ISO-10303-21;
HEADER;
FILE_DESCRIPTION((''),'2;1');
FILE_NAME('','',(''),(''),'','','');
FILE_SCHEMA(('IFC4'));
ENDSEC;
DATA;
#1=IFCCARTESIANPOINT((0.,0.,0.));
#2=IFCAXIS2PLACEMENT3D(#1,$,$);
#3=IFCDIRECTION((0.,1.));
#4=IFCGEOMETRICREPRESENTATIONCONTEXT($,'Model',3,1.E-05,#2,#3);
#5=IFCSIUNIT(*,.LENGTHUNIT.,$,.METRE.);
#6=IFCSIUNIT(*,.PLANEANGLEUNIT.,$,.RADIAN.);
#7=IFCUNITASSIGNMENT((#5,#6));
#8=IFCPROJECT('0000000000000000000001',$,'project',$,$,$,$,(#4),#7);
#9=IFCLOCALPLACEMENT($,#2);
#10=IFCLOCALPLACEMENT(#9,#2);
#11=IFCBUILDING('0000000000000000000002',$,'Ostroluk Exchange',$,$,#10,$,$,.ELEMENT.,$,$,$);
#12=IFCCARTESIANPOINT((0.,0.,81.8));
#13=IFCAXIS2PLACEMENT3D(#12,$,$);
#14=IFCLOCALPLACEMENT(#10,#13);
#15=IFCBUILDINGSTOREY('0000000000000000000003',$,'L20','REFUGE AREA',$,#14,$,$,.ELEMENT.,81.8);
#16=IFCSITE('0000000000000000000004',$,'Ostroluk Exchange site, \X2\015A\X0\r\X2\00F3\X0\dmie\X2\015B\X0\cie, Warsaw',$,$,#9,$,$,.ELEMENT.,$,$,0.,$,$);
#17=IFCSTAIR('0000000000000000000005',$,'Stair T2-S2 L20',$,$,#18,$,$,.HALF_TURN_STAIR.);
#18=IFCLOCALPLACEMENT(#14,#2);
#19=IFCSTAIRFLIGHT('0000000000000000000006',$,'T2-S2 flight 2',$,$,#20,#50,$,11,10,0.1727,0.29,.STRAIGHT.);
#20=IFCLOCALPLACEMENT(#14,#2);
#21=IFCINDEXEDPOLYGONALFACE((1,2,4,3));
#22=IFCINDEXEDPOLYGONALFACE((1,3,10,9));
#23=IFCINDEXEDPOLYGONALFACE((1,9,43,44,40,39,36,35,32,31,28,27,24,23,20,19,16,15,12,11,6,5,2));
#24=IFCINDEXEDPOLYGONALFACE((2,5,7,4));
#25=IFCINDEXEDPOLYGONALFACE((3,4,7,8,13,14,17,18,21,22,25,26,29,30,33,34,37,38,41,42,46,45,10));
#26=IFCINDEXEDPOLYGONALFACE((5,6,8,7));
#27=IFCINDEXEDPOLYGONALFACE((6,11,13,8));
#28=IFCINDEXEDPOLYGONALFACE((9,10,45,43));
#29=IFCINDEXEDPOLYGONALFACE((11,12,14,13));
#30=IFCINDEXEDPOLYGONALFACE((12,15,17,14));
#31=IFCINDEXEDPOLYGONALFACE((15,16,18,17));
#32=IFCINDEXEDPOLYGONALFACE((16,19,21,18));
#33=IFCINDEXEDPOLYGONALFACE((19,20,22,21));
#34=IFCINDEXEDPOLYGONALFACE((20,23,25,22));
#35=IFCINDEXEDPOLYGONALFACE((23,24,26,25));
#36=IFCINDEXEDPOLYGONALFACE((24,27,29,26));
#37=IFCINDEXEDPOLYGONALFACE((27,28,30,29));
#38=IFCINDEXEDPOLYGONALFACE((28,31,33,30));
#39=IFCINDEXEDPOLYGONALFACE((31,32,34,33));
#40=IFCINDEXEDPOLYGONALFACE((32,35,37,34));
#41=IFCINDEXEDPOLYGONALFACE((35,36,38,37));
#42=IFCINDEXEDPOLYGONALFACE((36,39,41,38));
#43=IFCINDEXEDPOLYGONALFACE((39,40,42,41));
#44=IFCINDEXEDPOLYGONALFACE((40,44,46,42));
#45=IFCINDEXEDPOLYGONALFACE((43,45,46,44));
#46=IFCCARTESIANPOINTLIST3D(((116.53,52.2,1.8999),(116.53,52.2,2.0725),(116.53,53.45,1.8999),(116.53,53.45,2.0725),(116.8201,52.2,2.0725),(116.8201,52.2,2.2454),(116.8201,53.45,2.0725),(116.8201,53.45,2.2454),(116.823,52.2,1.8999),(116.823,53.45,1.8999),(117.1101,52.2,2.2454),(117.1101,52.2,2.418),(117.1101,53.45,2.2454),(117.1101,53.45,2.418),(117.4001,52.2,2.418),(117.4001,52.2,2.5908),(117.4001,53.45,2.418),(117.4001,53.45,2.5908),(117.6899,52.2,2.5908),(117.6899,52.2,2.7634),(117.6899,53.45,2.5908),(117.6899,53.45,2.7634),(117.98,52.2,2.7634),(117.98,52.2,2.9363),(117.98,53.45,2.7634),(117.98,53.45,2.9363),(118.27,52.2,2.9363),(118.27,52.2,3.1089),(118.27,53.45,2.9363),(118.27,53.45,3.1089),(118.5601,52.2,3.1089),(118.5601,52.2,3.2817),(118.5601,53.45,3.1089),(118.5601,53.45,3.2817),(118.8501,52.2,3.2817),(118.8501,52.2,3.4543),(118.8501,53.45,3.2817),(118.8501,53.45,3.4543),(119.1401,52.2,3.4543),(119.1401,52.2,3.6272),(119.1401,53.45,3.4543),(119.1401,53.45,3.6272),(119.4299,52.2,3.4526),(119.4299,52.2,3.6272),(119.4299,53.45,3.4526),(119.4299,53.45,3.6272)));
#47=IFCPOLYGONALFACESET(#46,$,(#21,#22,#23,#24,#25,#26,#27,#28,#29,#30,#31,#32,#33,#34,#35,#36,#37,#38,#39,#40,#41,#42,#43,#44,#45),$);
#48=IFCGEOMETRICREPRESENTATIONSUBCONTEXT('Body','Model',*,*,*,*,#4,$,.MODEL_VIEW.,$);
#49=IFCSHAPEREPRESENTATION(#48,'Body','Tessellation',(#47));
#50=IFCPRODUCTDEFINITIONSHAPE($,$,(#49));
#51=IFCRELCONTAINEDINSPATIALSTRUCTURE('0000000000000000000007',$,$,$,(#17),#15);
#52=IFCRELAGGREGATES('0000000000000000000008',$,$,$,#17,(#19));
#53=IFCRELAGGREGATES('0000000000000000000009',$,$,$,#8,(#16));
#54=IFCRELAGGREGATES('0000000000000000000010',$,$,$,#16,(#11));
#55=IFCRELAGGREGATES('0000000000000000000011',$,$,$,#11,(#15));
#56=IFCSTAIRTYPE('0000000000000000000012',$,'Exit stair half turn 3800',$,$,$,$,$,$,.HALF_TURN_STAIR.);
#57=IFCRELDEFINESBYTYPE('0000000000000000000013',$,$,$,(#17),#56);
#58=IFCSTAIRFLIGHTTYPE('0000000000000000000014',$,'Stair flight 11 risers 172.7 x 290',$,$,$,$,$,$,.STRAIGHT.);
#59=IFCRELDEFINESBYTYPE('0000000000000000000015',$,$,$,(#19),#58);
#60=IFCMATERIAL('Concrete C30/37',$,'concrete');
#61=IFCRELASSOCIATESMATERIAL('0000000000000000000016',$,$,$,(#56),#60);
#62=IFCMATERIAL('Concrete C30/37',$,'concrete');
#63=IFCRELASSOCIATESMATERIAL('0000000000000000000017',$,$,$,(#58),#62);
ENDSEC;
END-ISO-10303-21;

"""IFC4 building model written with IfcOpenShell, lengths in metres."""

from ifc_helpers import new_model, si_unit, direction, frame, origin, place, context, subcontext, project, spatial, polyline, outline, extrude, material, type_object, element, aggregate, save


model = new_model("IFC4")

# Units and contexts
model_context = context("Model", 3, precision=1e-05, world=origin(), true_north=direction((0.0, 1.0)))
body_context = subcontext(model_context, "Body", "Model", "MODEL_VIEW")
ifc_project = project(units=[si_unit("LENGTHUNIT", "METRE"), si_unit("PLANEANGLEUNIT", "RADIAN")], contexts=[model_context])

# Site, building, storey
site_placement = place(None, origin())
site = spatial("IfcSite", under=ifc_project, at=site_placement, Name="Ostroluk Exchange site, Śródmieście, Warsaw", CompositionType="ELEMENT", RefElevation=0.0)
building_placement = place(site_placement, origin())
building = spatial("IfcBuilding", under=site, at=building_placement, Name="Ostroluk Exchange", CompositionType="ELEMENT")
storey_placement = place(building_placement, frame((0.0, 0.0, 81.8)))
storey = spatial("IfcBuildingStorey", under=building, at=storey_placement, Name="L20", Description="REFUGE AREA", CompositionType="ELEMENT", Elevation=81.8)

# Stair, stair flight
ifc_material_1 = material(Name="Concrete C30/37", Category="concrete")
stair_type = type_object("IfcStairType", Name="Exit stair half turn 3800", PredefinedType="HALF_TURN_STAIR", material=ifc_material_1)
stair_placement = place(storey_placement, origin())
stair = element("IfcStair", 1, at=stair_placement, inside=storey, type_object=stair_type, Name="Stair T2-S2 L20", PredefinedType="HALF_TURN_STAIR")
ifc_material_2 = material(Name="Concrete C30/37", Category="concrete")
stair_flight_type = type_object("IfcStairFlightType", Name="Stair flight 11 risers 172.7 x 290", PredefinedType="STRAIGHT", material=ifc_material_2)
stair_flight_1_placement = place(storey_placement, frame((116.53, 52.825, 1.8999), z_axis=(0.0, 0.0, 1.0), x_axis=(1.0, 0.0, 0.0)))
stair_flight_1 = element("IfcStairFlight", 2, at=stair_flight_1_placement, type_object=stair_flight_type, Name="T2-S2 flight 2", NumberOfRisers=11, NumberOfTreads=10, PredefinedType="STRAIGHT", RiserHeight=0.1727, TreadLength=0.29, context=body_context, shape_type="SweptSolid", body=[
    extrude(outline(polyline([(0.0, 0.0), (0.0, 0.1726), (0.29, 0.1726), (0.29, 0.3455), (0.5801, 0.3455), (0.5801, 0.5181), (0.8701, 0.5181), (0.8701, 0.6909), (1.1599, 0.6909), (1.1599, 0.8635), (1.45, 0.8635), (1.45, 1.0364), (1.74, 1.0364), (1.74, 1.209), (2.03, 1.209), (2.03, 1.3818), (2.3201, 1.3818), (2.3201, 1.5544), (2.6101, 1.5544), (2.6101, 1.7273), (2.8999, 1.7273), (2.8999, 1.8999), (2.8999, 1.5527), (0.293, 0.0), (0.0, 0.0)])), frame((0.0, 0.625, 0.0), z_axis=(0.0, -1.0, 0.0), x_axis=(1.0, 0.0, 0.0)), (0.0, 0.0, 1.0), 1.25),
])
aggregate(stair, [stair_flight_1])

save(model, "model.ifc")
